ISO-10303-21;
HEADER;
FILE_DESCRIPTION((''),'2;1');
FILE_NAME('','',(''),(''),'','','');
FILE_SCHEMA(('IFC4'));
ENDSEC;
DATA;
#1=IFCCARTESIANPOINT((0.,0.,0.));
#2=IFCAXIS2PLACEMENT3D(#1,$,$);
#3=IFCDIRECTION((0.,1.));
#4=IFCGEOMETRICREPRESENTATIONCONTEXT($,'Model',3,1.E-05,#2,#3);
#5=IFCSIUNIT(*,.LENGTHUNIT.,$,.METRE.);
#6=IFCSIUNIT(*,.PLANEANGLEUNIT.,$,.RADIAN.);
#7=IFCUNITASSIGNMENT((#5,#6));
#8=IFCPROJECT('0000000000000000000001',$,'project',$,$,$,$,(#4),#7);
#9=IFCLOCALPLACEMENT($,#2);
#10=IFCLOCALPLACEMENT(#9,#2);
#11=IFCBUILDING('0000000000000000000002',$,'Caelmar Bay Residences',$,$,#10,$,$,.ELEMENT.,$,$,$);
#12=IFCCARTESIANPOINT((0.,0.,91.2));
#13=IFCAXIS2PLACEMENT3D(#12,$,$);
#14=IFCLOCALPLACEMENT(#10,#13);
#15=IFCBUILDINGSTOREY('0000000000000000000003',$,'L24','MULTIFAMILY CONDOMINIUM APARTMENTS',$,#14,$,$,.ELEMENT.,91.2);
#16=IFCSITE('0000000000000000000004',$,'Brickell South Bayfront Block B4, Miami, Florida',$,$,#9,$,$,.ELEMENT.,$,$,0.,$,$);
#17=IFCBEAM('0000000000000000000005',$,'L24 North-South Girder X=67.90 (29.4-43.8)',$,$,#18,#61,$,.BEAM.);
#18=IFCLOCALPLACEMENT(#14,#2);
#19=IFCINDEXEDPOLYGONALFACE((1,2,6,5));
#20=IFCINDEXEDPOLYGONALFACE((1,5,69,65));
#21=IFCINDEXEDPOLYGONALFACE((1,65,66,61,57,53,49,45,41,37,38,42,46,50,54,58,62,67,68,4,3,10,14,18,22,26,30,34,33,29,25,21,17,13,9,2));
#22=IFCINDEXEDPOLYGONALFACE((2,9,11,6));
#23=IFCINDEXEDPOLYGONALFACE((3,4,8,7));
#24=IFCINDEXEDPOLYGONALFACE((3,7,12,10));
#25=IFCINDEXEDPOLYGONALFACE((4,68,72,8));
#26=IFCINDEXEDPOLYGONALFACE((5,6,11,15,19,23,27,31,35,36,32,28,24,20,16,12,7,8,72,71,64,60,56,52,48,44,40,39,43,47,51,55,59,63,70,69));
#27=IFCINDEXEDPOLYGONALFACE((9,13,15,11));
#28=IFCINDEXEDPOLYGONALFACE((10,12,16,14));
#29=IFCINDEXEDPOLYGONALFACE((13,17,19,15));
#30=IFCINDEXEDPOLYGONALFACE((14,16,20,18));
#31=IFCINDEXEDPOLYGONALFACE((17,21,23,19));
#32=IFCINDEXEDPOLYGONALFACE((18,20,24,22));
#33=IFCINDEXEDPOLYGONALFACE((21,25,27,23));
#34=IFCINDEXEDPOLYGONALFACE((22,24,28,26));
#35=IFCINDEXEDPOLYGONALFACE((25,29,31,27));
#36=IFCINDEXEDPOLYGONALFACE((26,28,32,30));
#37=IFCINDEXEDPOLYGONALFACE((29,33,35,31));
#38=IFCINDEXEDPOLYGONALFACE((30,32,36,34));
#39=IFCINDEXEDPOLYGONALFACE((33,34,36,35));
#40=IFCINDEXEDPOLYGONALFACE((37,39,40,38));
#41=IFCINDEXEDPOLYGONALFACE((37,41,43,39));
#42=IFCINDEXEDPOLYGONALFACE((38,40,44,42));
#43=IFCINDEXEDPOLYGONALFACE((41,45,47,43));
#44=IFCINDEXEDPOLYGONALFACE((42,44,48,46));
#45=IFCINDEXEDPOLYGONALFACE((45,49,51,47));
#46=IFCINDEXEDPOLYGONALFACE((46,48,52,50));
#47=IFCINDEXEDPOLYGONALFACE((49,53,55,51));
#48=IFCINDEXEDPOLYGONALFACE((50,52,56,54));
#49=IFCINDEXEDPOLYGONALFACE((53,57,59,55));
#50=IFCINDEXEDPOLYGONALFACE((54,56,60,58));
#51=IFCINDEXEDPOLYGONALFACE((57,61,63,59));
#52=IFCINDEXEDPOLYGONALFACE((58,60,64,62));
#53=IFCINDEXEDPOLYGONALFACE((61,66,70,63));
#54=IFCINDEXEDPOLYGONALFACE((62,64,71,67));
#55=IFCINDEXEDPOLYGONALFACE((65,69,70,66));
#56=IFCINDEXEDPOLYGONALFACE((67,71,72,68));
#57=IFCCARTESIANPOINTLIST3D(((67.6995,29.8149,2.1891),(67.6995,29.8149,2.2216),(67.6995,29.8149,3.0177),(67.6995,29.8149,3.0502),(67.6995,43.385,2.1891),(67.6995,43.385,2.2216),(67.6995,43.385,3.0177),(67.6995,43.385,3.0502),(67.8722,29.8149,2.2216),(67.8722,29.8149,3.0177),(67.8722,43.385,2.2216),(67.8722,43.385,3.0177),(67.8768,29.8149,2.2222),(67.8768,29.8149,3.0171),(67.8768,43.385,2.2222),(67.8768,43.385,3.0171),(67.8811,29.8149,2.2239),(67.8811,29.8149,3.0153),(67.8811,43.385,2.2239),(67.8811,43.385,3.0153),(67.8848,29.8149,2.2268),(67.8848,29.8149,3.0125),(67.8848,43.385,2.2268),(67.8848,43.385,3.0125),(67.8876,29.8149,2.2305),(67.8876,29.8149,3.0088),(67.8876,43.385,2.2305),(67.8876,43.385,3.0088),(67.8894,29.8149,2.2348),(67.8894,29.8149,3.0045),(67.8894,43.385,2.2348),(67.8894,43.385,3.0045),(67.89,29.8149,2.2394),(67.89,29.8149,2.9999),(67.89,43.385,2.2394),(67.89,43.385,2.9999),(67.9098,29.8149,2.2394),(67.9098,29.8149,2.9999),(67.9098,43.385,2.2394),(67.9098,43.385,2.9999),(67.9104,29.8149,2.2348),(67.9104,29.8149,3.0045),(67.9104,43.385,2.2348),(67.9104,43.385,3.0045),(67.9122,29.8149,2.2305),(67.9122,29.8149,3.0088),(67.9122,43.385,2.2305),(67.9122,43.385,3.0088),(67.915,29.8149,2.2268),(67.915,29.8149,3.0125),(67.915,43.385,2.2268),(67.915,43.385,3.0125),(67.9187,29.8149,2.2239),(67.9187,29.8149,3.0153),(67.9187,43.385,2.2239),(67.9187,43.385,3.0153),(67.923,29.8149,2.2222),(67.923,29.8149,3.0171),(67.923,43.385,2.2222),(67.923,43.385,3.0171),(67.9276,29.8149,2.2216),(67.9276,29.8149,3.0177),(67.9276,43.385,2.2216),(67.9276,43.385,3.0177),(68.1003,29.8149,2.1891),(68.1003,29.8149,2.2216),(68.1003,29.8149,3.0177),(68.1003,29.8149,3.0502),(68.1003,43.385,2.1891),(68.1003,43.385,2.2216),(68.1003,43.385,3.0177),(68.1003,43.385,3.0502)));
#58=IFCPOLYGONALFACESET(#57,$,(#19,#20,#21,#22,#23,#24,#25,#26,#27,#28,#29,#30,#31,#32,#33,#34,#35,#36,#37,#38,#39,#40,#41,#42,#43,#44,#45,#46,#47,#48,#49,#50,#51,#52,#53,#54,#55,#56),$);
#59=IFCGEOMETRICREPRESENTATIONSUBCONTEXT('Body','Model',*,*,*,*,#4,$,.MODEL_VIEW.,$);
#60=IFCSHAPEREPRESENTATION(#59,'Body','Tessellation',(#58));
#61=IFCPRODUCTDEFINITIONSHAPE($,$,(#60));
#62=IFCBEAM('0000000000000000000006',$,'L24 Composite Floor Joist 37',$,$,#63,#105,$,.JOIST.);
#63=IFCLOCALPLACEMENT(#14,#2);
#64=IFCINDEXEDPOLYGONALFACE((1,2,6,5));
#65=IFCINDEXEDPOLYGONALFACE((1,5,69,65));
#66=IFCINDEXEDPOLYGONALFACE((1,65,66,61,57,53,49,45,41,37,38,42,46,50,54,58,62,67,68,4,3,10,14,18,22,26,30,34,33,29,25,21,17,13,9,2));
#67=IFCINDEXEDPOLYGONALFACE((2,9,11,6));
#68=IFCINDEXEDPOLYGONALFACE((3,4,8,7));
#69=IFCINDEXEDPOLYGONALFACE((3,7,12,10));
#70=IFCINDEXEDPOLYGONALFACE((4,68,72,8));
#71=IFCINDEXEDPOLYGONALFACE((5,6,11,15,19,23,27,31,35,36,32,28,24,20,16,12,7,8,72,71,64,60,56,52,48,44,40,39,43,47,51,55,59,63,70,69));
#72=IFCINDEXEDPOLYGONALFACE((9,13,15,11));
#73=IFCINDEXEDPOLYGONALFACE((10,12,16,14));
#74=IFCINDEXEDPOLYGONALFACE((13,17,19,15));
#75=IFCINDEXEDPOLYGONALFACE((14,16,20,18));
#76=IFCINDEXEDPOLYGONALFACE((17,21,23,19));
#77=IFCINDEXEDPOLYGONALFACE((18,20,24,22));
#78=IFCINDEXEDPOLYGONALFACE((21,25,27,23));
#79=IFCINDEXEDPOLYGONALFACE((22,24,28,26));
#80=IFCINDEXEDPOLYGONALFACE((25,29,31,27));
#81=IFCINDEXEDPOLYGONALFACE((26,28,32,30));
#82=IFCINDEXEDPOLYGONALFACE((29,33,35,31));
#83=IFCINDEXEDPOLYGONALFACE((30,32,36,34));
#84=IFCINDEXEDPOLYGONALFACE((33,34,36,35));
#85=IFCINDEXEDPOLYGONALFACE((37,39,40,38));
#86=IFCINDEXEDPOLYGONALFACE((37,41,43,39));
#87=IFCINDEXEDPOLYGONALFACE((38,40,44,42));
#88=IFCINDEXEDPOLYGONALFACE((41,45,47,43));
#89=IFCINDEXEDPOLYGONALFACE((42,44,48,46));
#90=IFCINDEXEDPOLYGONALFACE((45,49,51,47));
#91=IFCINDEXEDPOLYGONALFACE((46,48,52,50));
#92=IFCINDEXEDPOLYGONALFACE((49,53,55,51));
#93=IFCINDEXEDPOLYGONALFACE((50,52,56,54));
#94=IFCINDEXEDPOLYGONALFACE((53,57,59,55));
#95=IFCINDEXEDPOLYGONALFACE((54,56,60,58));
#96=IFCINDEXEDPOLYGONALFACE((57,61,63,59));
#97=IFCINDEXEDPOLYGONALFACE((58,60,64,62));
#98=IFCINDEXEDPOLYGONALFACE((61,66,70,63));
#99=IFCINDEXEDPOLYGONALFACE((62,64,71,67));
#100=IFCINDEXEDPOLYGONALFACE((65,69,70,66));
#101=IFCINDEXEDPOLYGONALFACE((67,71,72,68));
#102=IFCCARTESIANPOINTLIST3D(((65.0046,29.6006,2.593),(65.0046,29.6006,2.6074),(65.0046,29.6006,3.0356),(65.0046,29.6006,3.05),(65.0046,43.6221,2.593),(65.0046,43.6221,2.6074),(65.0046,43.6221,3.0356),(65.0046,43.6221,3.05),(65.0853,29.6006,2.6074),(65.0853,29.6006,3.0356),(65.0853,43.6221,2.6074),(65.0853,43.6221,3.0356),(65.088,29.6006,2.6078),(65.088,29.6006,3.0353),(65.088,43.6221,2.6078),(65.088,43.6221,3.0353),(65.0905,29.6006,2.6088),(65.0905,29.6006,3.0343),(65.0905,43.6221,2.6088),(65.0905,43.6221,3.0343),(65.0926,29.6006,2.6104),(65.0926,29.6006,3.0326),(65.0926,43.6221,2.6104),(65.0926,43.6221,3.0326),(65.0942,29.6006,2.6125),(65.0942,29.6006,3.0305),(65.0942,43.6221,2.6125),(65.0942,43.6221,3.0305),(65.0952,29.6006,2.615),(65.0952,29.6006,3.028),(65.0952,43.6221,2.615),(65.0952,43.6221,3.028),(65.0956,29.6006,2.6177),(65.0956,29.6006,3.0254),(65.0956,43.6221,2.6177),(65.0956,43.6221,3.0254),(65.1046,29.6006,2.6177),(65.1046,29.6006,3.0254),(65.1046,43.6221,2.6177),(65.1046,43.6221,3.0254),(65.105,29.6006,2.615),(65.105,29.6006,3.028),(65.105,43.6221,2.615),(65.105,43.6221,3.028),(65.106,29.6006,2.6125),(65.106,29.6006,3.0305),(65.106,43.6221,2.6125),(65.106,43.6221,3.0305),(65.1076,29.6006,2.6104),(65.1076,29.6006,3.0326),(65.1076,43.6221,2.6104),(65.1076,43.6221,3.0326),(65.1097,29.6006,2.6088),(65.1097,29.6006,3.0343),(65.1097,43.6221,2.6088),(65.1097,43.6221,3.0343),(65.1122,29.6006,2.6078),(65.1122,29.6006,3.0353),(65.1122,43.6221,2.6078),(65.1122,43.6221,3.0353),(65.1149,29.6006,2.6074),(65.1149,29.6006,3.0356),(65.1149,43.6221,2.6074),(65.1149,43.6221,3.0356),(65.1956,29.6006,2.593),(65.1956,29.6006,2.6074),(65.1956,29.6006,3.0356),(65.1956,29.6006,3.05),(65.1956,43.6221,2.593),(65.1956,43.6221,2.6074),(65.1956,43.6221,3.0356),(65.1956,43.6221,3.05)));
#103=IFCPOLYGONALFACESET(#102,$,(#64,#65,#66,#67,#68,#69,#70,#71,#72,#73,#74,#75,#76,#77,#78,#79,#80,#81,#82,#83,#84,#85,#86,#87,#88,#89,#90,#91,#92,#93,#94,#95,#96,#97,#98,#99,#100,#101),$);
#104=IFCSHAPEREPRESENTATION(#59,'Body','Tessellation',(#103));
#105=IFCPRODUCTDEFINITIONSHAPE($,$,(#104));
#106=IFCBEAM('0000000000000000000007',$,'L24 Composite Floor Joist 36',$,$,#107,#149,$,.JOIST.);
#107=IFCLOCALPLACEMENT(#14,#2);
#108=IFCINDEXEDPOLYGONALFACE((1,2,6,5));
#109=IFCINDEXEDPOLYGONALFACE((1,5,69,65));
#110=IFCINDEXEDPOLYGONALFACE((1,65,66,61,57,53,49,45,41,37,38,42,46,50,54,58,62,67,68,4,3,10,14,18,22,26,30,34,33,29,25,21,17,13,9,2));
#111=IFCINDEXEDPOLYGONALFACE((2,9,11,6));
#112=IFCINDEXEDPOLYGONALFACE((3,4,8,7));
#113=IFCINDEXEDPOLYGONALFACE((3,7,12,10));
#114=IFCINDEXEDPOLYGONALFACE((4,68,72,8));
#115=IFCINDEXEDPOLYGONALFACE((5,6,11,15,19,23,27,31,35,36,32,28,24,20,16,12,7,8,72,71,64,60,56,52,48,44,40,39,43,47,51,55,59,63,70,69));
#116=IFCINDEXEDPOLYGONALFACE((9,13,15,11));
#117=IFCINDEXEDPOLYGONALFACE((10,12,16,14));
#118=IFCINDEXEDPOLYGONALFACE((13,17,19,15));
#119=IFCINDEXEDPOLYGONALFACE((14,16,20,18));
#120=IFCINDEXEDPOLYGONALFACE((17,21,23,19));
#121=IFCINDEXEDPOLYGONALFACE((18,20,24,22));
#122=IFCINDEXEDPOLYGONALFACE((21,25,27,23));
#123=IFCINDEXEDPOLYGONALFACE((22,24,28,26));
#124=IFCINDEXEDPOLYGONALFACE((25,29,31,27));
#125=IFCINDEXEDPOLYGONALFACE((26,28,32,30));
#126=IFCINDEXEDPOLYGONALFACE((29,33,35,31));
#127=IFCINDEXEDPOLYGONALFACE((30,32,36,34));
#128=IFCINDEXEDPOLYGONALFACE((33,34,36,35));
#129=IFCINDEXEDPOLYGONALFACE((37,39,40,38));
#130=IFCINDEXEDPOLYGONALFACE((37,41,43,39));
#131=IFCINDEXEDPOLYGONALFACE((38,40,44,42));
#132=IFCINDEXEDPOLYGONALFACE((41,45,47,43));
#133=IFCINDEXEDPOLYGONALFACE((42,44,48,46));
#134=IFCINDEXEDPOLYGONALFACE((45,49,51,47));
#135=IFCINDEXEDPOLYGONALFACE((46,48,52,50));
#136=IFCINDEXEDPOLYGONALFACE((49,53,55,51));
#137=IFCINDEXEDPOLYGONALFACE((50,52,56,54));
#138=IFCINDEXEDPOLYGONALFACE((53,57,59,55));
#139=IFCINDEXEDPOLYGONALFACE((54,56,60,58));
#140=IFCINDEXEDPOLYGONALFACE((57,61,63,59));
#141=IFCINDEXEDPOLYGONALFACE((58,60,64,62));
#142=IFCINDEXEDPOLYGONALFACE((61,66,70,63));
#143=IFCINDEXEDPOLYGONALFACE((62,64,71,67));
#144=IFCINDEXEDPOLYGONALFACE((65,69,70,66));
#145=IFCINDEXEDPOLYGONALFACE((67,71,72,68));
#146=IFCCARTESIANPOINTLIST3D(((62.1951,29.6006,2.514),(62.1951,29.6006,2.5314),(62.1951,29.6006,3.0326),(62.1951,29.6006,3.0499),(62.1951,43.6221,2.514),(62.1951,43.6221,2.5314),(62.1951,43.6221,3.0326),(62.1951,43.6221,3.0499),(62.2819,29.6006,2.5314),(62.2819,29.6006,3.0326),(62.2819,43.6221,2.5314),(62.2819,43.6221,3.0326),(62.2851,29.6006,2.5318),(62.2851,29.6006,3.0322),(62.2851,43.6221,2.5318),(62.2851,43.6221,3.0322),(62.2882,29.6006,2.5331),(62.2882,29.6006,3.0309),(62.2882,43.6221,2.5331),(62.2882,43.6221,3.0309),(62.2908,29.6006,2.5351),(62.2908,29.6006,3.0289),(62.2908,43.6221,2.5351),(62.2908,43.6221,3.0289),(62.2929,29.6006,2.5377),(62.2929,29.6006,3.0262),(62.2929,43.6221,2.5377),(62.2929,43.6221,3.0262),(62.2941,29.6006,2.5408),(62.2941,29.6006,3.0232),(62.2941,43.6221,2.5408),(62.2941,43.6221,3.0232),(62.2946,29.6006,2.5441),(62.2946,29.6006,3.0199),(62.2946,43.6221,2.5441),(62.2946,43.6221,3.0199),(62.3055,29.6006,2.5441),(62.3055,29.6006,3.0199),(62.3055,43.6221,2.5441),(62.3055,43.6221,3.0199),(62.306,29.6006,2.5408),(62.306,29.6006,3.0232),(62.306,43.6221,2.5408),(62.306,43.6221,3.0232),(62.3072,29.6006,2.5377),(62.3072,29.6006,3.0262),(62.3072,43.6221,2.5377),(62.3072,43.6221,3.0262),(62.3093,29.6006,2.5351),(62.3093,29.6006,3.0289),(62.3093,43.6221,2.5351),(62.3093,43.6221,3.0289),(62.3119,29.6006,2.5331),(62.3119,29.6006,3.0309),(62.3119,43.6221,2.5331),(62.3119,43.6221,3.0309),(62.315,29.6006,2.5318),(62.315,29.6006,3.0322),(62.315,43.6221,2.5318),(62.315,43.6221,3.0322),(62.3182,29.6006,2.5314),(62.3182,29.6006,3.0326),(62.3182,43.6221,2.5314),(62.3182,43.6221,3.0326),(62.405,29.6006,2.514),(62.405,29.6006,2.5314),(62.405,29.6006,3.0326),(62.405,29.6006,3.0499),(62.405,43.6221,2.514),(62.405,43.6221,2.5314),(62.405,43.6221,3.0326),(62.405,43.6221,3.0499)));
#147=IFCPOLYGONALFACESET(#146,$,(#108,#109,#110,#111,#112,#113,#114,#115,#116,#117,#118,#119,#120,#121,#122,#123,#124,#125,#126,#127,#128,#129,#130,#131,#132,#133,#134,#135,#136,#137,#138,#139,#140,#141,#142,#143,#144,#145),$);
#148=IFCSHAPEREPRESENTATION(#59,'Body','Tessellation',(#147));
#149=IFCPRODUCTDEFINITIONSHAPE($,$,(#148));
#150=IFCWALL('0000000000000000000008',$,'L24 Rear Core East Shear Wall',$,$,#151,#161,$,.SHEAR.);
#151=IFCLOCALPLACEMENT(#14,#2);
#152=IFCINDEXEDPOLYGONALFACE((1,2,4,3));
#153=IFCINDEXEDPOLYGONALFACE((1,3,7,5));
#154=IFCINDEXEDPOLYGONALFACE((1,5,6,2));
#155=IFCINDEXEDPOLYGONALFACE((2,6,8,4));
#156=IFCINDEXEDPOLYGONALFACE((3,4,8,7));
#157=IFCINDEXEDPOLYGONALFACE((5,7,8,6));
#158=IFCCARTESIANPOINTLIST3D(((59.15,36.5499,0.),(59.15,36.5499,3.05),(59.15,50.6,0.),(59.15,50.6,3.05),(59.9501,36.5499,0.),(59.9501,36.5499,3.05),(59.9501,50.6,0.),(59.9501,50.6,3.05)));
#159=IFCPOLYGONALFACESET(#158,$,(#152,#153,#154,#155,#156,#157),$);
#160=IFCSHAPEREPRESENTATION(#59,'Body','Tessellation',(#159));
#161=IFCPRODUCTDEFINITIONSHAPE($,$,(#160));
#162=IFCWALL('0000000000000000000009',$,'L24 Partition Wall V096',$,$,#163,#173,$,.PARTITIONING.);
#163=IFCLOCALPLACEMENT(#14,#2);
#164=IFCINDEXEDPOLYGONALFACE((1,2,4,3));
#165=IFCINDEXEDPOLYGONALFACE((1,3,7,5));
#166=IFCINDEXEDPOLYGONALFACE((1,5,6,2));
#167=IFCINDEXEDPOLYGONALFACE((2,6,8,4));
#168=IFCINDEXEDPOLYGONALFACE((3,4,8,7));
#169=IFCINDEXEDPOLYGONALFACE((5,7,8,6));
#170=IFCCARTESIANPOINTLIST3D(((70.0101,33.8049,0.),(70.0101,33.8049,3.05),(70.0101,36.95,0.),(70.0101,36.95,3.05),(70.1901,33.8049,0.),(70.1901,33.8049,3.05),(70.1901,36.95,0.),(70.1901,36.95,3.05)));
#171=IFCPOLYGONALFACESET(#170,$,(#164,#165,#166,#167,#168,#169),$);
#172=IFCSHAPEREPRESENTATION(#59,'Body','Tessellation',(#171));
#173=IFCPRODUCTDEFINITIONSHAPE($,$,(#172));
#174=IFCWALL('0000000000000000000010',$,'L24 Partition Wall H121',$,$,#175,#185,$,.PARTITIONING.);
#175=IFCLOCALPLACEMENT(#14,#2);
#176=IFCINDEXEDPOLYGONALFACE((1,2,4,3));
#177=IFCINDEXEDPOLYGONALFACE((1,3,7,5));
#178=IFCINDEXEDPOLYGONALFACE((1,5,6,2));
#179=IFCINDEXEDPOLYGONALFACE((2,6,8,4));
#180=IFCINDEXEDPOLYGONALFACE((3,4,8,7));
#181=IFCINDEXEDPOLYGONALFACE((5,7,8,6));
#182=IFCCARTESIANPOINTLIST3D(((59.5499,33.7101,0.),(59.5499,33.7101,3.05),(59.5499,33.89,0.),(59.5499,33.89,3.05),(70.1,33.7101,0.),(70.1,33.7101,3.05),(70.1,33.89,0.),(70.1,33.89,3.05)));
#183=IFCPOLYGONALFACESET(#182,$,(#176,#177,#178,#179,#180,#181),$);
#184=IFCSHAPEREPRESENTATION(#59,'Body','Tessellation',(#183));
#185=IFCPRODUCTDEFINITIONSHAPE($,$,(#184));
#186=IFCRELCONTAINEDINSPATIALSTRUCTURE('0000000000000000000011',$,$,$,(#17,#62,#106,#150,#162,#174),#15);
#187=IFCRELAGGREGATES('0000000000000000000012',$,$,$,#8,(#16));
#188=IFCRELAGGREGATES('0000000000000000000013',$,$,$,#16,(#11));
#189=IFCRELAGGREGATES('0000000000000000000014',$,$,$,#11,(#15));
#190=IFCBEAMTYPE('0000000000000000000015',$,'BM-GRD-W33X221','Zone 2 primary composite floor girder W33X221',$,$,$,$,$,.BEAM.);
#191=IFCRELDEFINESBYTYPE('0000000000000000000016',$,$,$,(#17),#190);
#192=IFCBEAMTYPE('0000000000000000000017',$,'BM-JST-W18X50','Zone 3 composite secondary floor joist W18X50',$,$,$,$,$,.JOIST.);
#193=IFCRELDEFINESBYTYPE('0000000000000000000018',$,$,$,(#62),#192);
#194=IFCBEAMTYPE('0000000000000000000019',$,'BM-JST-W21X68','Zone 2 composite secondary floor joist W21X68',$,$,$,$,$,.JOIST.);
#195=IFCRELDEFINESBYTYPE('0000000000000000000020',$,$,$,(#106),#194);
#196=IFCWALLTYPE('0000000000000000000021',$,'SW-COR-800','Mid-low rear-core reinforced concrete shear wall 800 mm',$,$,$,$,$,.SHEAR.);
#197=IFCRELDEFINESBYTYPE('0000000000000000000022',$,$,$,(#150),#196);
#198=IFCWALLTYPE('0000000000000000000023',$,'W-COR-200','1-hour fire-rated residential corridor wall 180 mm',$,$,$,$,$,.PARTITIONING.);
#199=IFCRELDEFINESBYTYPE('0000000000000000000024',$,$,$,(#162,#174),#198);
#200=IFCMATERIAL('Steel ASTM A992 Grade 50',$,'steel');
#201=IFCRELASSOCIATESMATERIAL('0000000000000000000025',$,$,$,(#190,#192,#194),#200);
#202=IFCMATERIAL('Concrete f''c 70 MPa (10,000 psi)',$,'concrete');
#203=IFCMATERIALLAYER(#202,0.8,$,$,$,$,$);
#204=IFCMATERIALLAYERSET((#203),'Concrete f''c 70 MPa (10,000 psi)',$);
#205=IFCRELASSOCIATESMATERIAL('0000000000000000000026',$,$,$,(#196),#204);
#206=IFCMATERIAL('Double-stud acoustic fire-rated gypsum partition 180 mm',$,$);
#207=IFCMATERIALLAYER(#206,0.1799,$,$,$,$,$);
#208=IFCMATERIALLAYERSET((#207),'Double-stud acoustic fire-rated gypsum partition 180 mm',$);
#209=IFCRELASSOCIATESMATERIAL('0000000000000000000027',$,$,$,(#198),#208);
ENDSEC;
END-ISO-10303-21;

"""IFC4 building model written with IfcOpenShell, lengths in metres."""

from ifc_helpers import new_model, si_unit, direction, frame, frame_2d, origin, origin_2d, place, context, subcontext, project, spatial, rectangle, i_section, extrude, material, layer, layer_set, material_profile, profile_set, type_object, element, save


model = new_model("IFC4")

# Units and contexts
model_context = context("Model", 3, precision=1e-05, world=origin(), true_north=direction((0.0, 1.0)))
body_context = subcontext(model_context, "Body", "Model", "MODEL_VIEW")
ifc_project = project(units=[si_unit("LENGTHUNIT", "METRE"), si_unit("PLANEANGLEUNIT", "RADIAN")], contexts=[model_context])

# Site, building, storey
site_placement = place(None, origin())
site = spatial("IfcSite", under=ifc_project, at=site_placement, Name="Brickell South Bayfront Block B4, Miami, Florida", CompositionType="ELEMENT", RefElevation=0.0)
building_placement = place(site_placement, origin())
building = spatial("IfcBuilding", under=site, at=building_placement, Name="Caelmar Bay Residences", CompositionType="ELEMENT")
storey_placement = place(building_placement, frame((0.0, 0.0, 91.2)))
storey = spatial("IfcBuildingStorey", under=building, at=storey_placement, Name="L24", Description="MULTIFAMILY CONDOMINIUM APARTMENTS", CompositionType="ELEMENT", Elevation=91.2)

# Beams
ifc_material_1 = material(Name="Steel ASTM A992 Grade 50", Category="steel")
ifc_material_profile_1 = material_profile(ifc_material_1, i_section(OverallWidth=0.4009, OverallDepth=0.8611, WebThickness=0.0198, FlangeThickness=0.0325, FilletRadius=0.0178, at=origin_2d()), Name="W33X221")
ifc_profile_set_1 = profile_set([ifc_material_profile_1], Name="Steel ASTM A992 Grade 50")
beam_type_1 = type_object("IfcBeamType", Name="BM-GRD-W33X221", Description="Zone 2 primary composite floor girder W33X221", PredefinedType="BEAM", material=ifc_profile_set_1)
beam_1_placement = place(storey_placement, frame((67.8999, 29.8149, 2.6196), z_axis=(0.0, 1.0, 0.0), x_axis=(-1.0, 0.0, 0.0)))
element("IfcBeam", 1, at=beam_1_placement, inside=storey, type_object=beam_type_1, Name="L24 North-South Girder X=67.90 (29.4-43.8)", PredefinedType="BEAM", context=body_context, shape_type="SweptSolid", body=[
    extrude(i_section(OverallWidth=0.4009, OverallDepth=0.8611, WebThickness=0.0198, FlangeThickness=0.0325, FilletRadius=0.0178, at=origin_2d()), origin(), (0.0, 0.0, 1.0), 13.5701),
])
ifc_material_profile_2 = material_profile(ifc_material_1, i_section(OverallWidth=0.1909, OverallDepth=0.457, WebThickness=0.009, FlangeThickness=0.0144, FilletRadius=0.0103, at=origin_2d()), Name="W18X50")
ifc_profile_set_2 = profile_set([ifc_material_profile_2], Name="Steel ASTM A992 Grade 50")
beam_type_2 = type_object("IfcBeamType", Name="BM-JST-W18X50", Description="Zone 3 composite secondary floor joist W18X50", PredefinedType="JOIST", material=ifc_profile_set_2)
beam_2_placement = place(storey_placement, frame((65.1001, 29.6006, 2.8215), z_axis=(0.0, 1.0, 0.0), x_axis=(-1.0, 0.0, 0.0)))
element("IfcBeam", 2, at=beam_2_placement, inside=storey, type_object=beam_type_2, Name="L24 Composite Floor Joist 37", PredefinedType="JOIST", context=body_context, shape_type="SweptSolid", body=[
    extrude(i_section(OverallWidth=0.1909, OverallDepth=0.457, WebThickness=0.009, FlangeThickness=0.0144, FilletRadius=0.0103, at=origin_2d()), origin(), (0.0, 0.0, 1.0), 14.0215),
])
ifc_material_profile_3 = material_profile(ifc_material_1, i_section(OverallWidth=0.21, OverallDepth=0.5359, WebThickness=0.011, FlangeThickness=0.0173, FilletRadius=0.0127, at=origin_2d()), Name="W21X68")
ifc_profile_set_3 = profile_set([ifc_material_profile_3], Name="Steel ASTM A992 Grade 50")
beam_type_3 = type_object("IfcBeamType", Name="BM-JST-W21X68", Description="Zone 2 composite secondary floor joist W21X68", PredefinedType="JOIST", material=ifc_profile_set_3)
beam_3_placement = place(storey_placement, frame((62.3, 29.6006, 2.782), z_axis=(0.0, 1.0, 0.0), x_axis=(-1.0, 0.0, 0.0)))
element("IfcBeam", 3, at=beam_3_placement, inside=storey, type_object=beam_type_3, Name="L24 Composite Floor Joist 36", PredefinedType="JOIST", context=body_context, shape_type="SweptSolid", body=[
    extrude(i_section(OverallWidth=0.21, OverallDepth=0.5359, WebThickness=0.011, FlangeThickness=0.0173, FilletRadius=0.0127, at=origin_2d()), origin(), (0.0, 0.0, 1.0), 14.0215),
])

# Walls
ifc_material_2 = material(Name="Concrete f'c 70 MPa (10,000 psi)", Category="concrete")
ifc_layer_1 = layer(ifc_material_2, 0.8)
ifc_layer_set_1 = layer_set([ifc_layer_1], Name="Concrete f'c 70 MPa (10,000 psi)")
wall_type_1 = type_object("IfcWallType", Name="SW-COR-800", Description="Mid-low rear-core reinforced concrete shear wall 800 mm", PredefinedType="SHEAR", material=ifc_layer_set_1)
wall_1_placement = place(storey_placement, frame((59.55, 36.55, 0.0), z_axis=(0.0, 0.0, 1.0), x_axis=(0.0, 1.0, 0.0)))
element("IfcWall", 4, at=wall_1_placement, inside=storey, type_object=wall_type_1, Name="L24 Rear Core East Shear Wall", PredefinedType="SHEAR", context=body_context, shape_type="SweptSolid", body=[
    extrude(rectangle(XDim=14.05, YDim=0.8, at=frame_2d((7.0249, 0.0))), origin(), (0.0, 0.0, 1.0), 3.05),
])
ifc_material_3 = material(Name="Double-stud acoustic fire-rated gypsum partition 180 mm")
ifc_layer_2 = layer(ifc_material_3, 0.1799)
ifc_layer_set_2 = layer_set([ifc_layer_2], Name="Double-stud acoustic fire-rated gypsum partition 180 mm")
wall_type_2 = type_object("IfcWallType", Name="W-COR-200", Description="1-hour fire-rated residential corridor wall 180 mm", PredefinedType="PARTITIONING", material=ifc_layer_set_2)
wall_2_placement = place(storey_placement, frame((70.1001, 33.8049, 0.0), z_axis=(0.0, 0.0, 1.0), x_axis=(0.0, 1.0, 0.0)))
element("IfcWall", 5, at=wall_2_placement, inside=storey, type_object=wall_type_2, Name="L24 Partition Wall V096", PredefinedType="PARTITIONING", context=body_context, shape_type="SweptSolid", body=[
    extrude(rectangle(XDim=3.145, YDim=0.1799, at=frame_2d((1.5725, 0.0))), origin(), (0.0, 0.0, 1.0), 3.05),
])
wall_3_placement = place(storey_placement, frame((59.55, 33.8, 0.0), z_axis=(0.0, 0.0, 1.0), x_axis=(1.0, 0.0, 0.0)))
element("IfcWall", 6, at=wall_3_placement, inside=storey, type_object=wall_type_2, Name="L24 Partition Wall H121", PredefinedType="PARTITIONING", context=body_context, shape_type="SweptSolid", body=[
    extrude(rectangle(XDim=10.55, YDim=0.1799, at=frame_2d((5.2749, 0.0))), origin(), (0.0, 0.0, 1.0), 3.05),
])

save(model, "model.ifc")
